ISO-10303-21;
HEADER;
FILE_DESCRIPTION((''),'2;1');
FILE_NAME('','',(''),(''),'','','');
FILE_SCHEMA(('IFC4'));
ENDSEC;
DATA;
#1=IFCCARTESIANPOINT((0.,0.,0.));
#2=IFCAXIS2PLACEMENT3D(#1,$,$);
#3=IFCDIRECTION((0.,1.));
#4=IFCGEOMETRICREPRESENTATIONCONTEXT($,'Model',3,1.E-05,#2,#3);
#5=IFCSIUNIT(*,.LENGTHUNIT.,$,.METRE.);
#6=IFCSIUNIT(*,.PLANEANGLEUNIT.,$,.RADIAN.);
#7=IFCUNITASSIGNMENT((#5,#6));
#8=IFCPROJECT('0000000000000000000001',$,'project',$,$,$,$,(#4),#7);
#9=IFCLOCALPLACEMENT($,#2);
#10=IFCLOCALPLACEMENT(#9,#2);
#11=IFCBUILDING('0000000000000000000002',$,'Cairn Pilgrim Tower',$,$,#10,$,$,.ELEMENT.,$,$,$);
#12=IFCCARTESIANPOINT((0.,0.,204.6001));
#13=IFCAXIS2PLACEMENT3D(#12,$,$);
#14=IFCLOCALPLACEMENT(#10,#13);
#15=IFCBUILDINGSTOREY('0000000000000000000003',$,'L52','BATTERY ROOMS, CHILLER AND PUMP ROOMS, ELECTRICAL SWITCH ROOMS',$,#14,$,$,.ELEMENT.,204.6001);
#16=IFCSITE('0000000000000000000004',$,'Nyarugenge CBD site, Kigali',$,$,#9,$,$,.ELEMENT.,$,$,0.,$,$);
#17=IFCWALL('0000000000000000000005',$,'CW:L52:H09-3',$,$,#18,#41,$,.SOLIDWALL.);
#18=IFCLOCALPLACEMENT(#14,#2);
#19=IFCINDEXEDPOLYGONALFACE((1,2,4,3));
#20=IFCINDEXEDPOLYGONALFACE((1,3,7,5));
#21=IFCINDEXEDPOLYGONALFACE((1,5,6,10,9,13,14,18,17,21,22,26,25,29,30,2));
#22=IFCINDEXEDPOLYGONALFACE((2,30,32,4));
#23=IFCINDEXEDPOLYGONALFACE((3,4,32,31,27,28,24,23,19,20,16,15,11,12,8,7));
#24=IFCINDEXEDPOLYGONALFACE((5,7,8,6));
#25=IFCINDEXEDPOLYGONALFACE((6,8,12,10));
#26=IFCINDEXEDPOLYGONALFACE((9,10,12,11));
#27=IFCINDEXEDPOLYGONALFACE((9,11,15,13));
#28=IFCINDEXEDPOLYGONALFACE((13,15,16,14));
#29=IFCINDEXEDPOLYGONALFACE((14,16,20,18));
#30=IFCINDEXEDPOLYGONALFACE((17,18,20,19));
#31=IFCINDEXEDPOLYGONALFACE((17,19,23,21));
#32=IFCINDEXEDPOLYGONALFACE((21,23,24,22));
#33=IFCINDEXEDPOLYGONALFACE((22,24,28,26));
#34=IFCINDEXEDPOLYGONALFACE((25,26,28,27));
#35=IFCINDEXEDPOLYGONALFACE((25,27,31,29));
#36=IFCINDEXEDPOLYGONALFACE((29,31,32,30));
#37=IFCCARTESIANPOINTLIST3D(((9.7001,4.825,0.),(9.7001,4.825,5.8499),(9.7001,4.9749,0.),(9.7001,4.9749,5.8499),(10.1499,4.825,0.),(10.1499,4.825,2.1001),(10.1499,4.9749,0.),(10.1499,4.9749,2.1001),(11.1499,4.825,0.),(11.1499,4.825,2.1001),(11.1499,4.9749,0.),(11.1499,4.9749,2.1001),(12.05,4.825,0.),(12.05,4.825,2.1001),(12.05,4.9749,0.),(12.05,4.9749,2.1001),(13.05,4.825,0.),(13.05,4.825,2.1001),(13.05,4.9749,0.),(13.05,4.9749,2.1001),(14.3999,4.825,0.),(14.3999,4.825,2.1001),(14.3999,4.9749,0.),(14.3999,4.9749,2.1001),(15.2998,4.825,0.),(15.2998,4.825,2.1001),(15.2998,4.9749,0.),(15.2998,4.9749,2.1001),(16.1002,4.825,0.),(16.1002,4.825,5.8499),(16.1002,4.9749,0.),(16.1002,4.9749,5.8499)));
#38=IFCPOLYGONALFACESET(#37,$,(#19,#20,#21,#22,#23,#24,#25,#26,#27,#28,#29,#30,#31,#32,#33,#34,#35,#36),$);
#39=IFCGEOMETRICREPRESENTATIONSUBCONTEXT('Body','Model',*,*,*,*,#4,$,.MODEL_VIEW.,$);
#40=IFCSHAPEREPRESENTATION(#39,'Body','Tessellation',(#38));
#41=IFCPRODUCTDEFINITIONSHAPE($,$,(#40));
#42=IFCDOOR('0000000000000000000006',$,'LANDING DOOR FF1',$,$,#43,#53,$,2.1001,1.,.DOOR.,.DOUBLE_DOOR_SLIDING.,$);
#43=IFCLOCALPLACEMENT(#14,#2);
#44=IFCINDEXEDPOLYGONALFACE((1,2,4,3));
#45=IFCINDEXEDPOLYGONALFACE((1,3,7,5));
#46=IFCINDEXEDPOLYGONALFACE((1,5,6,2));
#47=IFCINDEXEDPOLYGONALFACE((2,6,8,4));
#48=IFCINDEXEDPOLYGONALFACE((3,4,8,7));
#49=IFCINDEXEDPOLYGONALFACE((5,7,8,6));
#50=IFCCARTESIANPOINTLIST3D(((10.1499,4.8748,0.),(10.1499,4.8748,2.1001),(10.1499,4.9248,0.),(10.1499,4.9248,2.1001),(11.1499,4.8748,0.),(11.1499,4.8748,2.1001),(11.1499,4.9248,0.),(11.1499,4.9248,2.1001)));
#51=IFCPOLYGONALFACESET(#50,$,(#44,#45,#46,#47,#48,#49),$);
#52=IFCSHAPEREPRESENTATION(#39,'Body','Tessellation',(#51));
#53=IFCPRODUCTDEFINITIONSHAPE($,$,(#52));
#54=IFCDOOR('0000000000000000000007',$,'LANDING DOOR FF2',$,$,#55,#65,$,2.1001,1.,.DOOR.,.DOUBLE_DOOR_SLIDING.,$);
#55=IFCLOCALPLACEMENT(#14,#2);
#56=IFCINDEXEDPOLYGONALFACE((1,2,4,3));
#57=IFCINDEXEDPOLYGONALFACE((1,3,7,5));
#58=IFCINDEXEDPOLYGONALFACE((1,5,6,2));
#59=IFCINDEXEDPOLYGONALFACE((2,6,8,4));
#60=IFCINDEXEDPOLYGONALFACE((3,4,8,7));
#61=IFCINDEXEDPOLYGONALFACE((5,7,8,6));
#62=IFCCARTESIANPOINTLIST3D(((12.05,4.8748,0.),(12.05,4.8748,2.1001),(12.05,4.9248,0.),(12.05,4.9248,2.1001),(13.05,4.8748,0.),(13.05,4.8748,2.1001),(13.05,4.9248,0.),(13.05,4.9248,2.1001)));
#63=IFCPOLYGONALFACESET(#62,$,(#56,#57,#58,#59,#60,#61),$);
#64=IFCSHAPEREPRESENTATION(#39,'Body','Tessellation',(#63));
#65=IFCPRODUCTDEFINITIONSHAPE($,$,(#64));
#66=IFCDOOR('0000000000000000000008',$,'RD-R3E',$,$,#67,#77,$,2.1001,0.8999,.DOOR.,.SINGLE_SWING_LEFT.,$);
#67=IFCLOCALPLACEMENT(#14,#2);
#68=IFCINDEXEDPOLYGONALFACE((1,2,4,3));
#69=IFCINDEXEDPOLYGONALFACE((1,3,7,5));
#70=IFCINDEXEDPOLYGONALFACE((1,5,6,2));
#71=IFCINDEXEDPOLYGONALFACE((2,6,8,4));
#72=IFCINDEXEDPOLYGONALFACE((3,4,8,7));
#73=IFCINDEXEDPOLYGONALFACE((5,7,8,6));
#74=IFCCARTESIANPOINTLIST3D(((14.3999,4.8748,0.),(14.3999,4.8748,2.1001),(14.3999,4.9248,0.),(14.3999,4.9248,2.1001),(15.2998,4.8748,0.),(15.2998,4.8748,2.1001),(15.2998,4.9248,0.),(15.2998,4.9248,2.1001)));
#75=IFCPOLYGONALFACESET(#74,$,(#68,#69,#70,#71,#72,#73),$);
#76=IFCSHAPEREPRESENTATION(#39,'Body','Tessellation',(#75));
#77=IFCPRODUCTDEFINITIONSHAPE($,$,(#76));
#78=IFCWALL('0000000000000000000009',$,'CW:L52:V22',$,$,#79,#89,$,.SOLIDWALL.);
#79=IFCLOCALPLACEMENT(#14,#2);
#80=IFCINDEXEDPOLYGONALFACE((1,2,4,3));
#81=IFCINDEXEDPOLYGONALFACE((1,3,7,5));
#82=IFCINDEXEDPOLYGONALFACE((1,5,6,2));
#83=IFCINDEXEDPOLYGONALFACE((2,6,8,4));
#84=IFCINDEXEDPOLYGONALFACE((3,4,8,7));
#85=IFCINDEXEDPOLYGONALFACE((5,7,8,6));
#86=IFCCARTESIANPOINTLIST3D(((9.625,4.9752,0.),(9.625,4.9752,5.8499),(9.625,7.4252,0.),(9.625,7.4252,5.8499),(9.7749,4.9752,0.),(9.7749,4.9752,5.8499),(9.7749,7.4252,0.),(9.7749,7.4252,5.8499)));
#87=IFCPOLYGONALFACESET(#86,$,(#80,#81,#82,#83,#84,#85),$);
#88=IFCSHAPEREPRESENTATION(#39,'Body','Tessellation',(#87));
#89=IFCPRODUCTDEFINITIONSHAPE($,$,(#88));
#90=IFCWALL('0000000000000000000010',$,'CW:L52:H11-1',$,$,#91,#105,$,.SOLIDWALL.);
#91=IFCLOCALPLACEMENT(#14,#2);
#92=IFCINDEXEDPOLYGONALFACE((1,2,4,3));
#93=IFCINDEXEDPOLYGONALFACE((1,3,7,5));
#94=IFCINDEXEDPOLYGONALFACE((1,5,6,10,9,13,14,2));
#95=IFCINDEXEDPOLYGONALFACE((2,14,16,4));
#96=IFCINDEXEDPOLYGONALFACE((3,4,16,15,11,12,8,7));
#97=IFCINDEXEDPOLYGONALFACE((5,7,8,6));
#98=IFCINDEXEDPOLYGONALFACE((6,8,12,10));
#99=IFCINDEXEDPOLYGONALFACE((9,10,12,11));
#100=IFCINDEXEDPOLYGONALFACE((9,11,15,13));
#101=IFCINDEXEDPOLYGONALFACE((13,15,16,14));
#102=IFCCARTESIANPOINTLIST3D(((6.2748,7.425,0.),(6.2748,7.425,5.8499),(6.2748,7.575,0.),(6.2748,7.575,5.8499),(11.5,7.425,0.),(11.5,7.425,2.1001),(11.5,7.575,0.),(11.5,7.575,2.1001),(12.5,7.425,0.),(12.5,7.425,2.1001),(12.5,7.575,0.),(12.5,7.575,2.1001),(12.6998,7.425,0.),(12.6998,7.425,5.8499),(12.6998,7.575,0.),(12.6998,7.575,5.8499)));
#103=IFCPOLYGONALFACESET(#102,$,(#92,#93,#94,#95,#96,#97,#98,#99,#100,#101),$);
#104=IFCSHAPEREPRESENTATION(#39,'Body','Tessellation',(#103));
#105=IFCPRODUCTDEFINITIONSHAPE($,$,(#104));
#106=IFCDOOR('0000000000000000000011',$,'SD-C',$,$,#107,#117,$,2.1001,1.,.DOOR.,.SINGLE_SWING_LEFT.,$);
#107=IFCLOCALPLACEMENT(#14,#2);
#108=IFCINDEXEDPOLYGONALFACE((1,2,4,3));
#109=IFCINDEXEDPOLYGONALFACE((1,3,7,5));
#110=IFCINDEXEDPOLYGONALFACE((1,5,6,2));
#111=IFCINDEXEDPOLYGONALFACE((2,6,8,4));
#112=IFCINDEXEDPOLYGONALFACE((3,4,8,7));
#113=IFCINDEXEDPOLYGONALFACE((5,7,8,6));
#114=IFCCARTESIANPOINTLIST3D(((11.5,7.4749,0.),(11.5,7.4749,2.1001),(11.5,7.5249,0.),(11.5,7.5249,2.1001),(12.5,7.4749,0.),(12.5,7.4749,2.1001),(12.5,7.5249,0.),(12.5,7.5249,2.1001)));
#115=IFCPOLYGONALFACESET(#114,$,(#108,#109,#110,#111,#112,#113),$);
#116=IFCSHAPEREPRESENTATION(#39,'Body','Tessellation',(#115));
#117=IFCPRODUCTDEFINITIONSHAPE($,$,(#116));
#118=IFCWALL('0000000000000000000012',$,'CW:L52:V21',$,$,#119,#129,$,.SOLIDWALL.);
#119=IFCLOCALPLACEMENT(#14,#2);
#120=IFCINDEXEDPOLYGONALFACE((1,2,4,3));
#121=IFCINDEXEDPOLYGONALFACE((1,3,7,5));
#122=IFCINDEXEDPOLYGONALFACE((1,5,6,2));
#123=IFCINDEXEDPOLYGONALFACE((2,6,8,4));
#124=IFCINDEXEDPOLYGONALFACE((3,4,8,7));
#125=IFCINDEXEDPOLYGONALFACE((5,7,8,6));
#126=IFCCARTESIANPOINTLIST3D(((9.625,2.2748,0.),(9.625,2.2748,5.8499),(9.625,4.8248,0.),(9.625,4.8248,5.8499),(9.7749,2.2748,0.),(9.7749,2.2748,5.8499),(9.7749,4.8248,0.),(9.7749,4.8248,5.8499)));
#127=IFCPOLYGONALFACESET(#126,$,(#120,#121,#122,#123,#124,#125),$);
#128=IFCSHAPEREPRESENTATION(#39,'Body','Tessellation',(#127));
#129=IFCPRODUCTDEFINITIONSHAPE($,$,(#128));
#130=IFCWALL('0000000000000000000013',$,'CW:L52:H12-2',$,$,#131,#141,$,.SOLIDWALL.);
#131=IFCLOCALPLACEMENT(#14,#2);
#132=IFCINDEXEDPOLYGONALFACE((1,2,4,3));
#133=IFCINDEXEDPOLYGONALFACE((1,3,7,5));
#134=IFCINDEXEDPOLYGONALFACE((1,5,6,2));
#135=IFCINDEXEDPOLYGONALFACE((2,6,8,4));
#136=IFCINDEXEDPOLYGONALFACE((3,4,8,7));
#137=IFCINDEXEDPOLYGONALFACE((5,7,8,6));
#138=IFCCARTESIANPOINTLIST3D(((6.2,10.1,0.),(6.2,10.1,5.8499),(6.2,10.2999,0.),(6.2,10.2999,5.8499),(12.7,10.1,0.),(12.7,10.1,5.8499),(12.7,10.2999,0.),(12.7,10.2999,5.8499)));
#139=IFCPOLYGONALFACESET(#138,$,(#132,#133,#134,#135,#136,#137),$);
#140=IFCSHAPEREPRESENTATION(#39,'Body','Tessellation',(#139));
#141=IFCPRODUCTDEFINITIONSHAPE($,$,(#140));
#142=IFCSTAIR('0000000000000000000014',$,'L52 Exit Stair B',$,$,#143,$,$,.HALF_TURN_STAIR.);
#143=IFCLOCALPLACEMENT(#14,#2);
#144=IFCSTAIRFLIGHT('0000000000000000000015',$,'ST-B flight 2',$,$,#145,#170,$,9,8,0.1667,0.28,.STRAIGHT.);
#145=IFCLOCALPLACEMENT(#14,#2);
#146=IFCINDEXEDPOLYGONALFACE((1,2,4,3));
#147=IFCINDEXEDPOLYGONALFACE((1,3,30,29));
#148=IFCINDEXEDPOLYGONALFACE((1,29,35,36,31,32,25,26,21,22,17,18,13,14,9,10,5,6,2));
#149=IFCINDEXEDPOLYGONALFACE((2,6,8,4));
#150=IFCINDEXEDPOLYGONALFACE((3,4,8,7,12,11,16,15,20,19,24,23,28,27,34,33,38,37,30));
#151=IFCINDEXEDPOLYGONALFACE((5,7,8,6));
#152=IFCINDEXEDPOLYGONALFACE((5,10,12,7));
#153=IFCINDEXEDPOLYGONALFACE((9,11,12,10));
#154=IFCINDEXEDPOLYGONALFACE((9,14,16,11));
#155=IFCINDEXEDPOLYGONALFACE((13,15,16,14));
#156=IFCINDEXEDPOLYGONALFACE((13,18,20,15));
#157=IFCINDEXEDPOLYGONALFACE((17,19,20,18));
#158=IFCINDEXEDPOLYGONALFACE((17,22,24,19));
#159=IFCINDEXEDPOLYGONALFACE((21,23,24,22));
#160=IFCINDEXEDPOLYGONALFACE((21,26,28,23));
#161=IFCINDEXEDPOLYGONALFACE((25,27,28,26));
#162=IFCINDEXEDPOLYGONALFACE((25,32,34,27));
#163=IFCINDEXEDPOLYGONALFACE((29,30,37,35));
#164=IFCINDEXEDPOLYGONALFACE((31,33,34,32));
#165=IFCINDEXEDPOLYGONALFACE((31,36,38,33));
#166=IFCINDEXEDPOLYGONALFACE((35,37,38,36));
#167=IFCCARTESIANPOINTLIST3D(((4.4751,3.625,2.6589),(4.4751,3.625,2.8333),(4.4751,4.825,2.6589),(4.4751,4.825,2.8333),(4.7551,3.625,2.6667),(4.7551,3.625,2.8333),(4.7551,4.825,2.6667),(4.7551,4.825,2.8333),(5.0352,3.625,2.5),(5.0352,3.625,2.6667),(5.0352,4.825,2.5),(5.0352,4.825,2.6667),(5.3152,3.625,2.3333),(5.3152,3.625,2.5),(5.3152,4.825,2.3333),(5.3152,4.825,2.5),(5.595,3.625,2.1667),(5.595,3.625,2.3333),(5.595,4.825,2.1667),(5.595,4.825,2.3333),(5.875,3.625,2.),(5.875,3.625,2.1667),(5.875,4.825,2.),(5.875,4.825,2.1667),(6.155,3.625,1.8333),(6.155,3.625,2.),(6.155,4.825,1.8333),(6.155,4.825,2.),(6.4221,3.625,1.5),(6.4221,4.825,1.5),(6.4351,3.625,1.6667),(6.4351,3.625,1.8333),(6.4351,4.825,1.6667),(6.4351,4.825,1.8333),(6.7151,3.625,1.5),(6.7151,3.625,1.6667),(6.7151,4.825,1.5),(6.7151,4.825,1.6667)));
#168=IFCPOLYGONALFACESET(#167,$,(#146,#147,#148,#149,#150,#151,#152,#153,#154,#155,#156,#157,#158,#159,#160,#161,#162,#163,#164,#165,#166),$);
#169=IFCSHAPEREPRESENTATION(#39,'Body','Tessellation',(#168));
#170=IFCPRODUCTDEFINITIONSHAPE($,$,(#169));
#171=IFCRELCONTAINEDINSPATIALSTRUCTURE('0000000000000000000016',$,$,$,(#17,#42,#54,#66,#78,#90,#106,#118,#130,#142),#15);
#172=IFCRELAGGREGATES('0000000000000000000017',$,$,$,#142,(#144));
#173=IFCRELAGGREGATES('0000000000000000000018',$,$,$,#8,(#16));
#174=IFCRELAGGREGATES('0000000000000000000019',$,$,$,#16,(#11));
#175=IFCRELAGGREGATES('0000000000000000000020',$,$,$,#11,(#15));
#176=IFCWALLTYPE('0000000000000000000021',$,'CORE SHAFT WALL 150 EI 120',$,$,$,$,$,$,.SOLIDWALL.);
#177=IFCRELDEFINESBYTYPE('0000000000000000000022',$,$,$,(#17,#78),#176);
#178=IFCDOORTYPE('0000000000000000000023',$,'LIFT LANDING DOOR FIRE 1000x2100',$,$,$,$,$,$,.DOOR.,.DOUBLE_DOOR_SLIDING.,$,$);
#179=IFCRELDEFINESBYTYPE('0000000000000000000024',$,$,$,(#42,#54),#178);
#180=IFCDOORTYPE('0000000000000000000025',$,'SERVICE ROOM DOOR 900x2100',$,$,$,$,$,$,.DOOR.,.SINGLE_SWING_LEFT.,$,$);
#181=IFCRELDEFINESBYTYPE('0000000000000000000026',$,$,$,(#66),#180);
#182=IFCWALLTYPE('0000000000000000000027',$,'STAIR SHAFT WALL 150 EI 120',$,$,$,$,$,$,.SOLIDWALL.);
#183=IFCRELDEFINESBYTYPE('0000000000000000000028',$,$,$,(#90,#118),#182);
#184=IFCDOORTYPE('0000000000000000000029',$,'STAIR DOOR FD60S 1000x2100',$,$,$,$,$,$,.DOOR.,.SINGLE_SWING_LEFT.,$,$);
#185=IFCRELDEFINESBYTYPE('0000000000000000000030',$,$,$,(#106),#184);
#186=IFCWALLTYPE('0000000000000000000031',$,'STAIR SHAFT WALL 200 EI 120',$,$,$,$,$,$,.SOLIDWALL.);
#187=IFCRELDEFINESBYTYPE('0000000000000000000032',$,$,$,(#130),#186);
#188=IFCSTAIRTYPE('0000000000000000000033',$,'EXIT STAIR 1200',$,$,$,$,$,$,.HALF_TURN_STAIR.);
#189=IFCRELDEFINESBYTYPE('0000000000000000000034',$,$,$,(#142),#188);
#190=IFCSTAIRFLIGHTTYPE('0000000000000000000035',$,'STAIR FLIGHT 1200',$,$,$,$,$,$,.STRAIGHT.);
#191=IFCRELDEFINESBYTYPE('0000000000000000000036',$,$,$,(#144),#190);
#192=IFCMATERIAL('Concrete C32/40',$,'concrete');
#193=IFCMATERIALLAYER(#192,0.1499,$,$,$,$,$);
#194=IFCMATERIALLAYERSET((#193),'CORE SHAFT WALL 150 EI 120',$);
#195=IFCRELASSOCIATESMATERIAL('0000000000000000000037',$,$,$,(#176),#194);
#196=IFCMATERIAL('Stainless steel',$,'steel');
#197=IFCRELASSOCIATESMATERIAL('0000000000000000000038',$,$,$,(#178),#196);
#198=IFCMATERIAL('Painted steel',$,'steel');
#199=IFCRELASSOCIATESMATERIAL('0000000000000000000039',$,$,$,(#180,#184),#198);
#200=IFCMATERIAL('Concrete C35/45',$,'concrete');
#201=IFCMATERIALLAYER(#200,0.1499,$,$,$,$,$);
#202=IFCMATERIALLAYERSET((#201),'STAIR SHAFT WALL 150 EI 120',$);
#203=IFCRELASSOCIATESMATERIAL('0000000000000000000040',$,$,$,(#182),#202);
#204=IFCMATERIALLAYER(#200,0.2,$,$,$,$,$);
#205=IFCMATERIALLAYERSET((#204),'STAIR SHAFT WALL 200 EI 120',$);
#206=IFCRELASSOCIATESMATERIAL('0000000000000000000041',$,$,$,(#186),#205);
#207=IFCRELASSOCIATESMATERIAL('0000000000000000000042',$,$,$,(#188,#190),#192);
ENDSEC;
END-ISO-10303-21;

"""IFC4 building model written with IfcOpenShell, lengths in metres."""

from ifc_helpers import new_model, si_unit, direction, frame, frame_2d, origin, place, context, subcontext, project, spatial, polyline, rectangle, outline, extrude, material, layer, layer_set, type_object, element, fill, aggregate, save


model = new_model("IFC4")

# Units and contexts
model_context = context("Model", 3, precision=1e-05, world=origin(), true_north=direction((0.0, 1.0)))
body_context = subcontext(model_context, "Body", "Model", "MODEL_VIEW")
ifc_project = project(units=[si_unit("LENGTHUNIT", "METRE"), si_unit("PLANEANGLEUNIT", "RADIAN")], contexts=[model_context])

# Site, building, storey
site_placement = place(None, origin())
site = spatial("IfcSite", under=ifc_project, at=site_placement, Name="Nyarugenge CBD site, Kigali", CompositionType="ELEMENT", RefElevation=0.0)
building_placement = place(site_placement, origin())
building = spatial("IfcBuilding", under=site, at=building_placement, Name="Cairn Pilgrim Tower", CompositionType="ELEMENT")
storey_placement = place(building_placement, frame((0.0, 0.0, 204.6001)))
storey = spatial("IfcBuildingStorey", under=building, at=storey_placement, Name="L52", Description="BATTERY ROOMS, CHILLER AND PUMP ROOMS, ELECTRICAL SWITCH ROOMS", CompositionType="ELEMENT", Elevation=204.6001)

# Wall, openings, doors
ifc_material_1 = material(Name="Concrete C32/40", Category="concrete")
ifc_layer_1 = layer(ifc_material_1, 0.1499)
ifc_layer_set_1 = layer_set([ifc_layer_1], Name="CORE SHAFT WALL 150 EI 120")
wall_type_1 = type_object("IfcWallType", Name="CORE SHAFT WALL 150 EI 120", PredefinedType="SOLIDWALL", material=ifc_layer_set_1)
wall_1_placement = place(storey_placement, frame((9.7, 4.8999, 0.0), z_axis=(0.0, 0.0, 1.0), x_axis=(1.0, 0.0, 0.0)))
wall_1 = element("IfcWall", 1, at=wall_1_placement, inside=storey, type_object=wall_type_1, Name="CW:L52:H09-3", PredefinedType="SOLIDWALL", context=body_context, shape_type="SweptSolid", body=[
    extrude(rectangle(XDim=6.4001, YDim=0.1499, at=frame_2d((3.2002, 0.0))), origin(), (0.0, 0.0, 1.0), 5.8499),
])
opening_1_placement = place(wall_1_placement, frame((0.45, 0.0, 0.0)))
opening_1 = element("IfcOpeningElement", 2, at=opening_1_placement, cuts=wall_1, PredefinedType="OPENING", context=body_context, shape_type="SweptSolid", body=[
    extrude(rectangle(XDim=1.0, YDim=2.1001, at=frame_2d((0.5, 1.05))), frame((0.0, 0.085, 0.0), z_axis=(0.0, -1.0, 0.0), x_axis=(1.0, 0.0, 0.0)), (0.0, 0.0, 1.0), 0.1699),
])
opening_2_placement = place(wall_1_placement, frame((2.3501, 0.0, 0.0)))
opening_2 = element("IfcOpeningElement", 3, at=opening_2_placement, cuts=wall_1, PredefinedType="OPENING", context=body_context, shape_type="SweptSolid", body=[
    extrude(rectangle(XDim=1.0, YDim=2.1001, at=frame_2d((0.5, 1.05))), frame((0.0, 0.085, 0.0), z_axis=(0.0, -1.0, 0.0), x_axis=(1.0, 0.0, 0.0)), (0.0, 0.0, 1.0), 0.1699),
])
opening_3_placement = place(wall_1_placement, frame((4.7, 0.0, 0.0)))
opening_3 = element("IfcOpeningElement", 4, at=opening_3_placement, cuts=wall_1, PredefinedType="OPENING", context=body_context, shape_type="SweptSolid", body=[
    extrude(rectangle(XDim=0.8999, YDim=2.1001, at=frame_2d((0.45, 1.05))), frame((0.0, 0.085, 0.0), z_axis=(0.0, -1.0, 0.0), x_axis=(1.0, 0.0, 0.0)), (0.0, 0.0, 1.0), 0.1699),
])
ifc_material_2 = material(Name="Stainless steel", Category="steel")
door_type_1 = type_object("IfcDoorType", Name="LIFT LANDING DOOR FIRE 1000x2100", OperationType="DOUBLE_DOOR_SLIDING", PredefinedType="DOOR", material=ifc_material_2)
door_1_placement = place(opening_1_placement, origin())
door_1 = element("IfcDoor", 5, at=door_1_placement, inside=storey, type_object=door_type_1, Name="LANDING DOOR FF1", OperationType="DOUBLE_DOOR_SLIDING", OverallHeight=2.1001, OverallWidth=1.0, PredefinedType="DOOR", context=body_context, shape_type="SweptSolid", body=[
    extrude(rectangle(XDim=1.0, YDim=2.1001, at=frame_2d((0.5, 1.05))), frame((0.0, 0.0249, 0.0), z_axis=(0.0, -1.0, 0.0), x_axis=(1.0, 0.0, 0.0)), (0.0, 0.0, 1.0), 0.05),
])
fill(opening_1, door_1)
door_2_placement = place(opening_2_placement, origin())
door_2 = element("IfcDoor", 6, at=door_2_placement, inside=storey, type_object=door_type_1, Name="LANDING DOOR FF2", OperationType="DOUBLE_DOOR_SLIDING", OverallHeight=2.1001, OverallWidth=1.0, PredefinedType="DOOR", context=body_context, shape_type="SweptSolid", body=[
    extrude(rectangle(XDim=1.0, YDim=2.1001, at=frame_2d((0.5, 1.05))), frame((0.0, 0.0249, 0.0), z_axis=(0.0, -1.0, 0.0), x_axis=(1.0, 0.0, 0.0)), (0.0, 0.0, 1.0), 0.05),
])
fill(opening_2, door_2)
ifc_material_3 = material(Name="Painted steel", Category="steel")
door_type_2 = type_object("IfcDoorType", Name="SERVICE ROOM DOOR 900x2100", OperationType="SINGLE_SWING_LEFT", PredefinedType="DOOR", material=ifc_material_3)
door_3_placement = place(opening_3_placement, origin())
door_3 = element("IfcDoor", 7, at=door_3_placement, inside=storey, type_object=door_type_2, Name="RD-R3E", OperationType="SINGLE_SWING_LEFT", OverallHeight=2.1001, OverallWidth=0.8999, PredefinedType="DOOR", context=body_context, shape_type="SweptSolid", body=[
    extrude(rectangle(XDim=0.8999, YDim=2.1001, at=frame_2d((0.45, 1.05))), frame((0.0, 0.0249, 0.0), z_axis=(0.0, -1.0, 0.0), x_axis=(1.0, 0.0, 0.0)), (0.0, 0.0, 1.0), 0.05),
])
fill(opening_3, door_3)

# Wall
wall_2_placement = place(storey_placement, frame((9.7, 4.9751, 0.0), z_axis=(0.0, 0.0, 1.0), x_axis=(0.0, 1.0, 0.0)))
element("IfcWall", 8, at=wall_2_placement, inside=storey, type_object=wall_type_1, Name="CW:L52:V22", PredefinedType="SOLIDWALL", context=body_context, shape_type="SweptSolid", body=[
    extrude(rectangle(XDim=2.45, YDim=0.1499, at=frame_2d((1.2251, 0.0))), origin(), (0.0, 0.0, 1.0), 5.8499),
])

# Wall, opening, door
ifc_material_4 = material(Name="Concrete C35/45", Category="concrete")
ifc_layer_2 = layer(ifc_material_4, 0.1499)
ifc_layer_set_2 = layer_set([ifc_layer_2], Name="STAIR SHAFT WALL 150 EI 120")
wall_type_2 = type_object("IfcWallType", Name="STAIR SHAFT WALL 150 EI 120", PredefinedType="SOLIDWALL", material=ifc_layer_set_2)
wall_3_placement = place(storey_placement, frame((6.2749, 7.5, 0.0), z_axis=(0.0, 0.0, 1.0), x_axis=(1.0, 0.0, 0.0)))
wall_3 = element("IfcWall", 9, at=wall_3_placement, inside=storey, type_object=wall_type_2, Name="CW:L52:H11-1", PredefinedType="SOLIDWALL", context=body_context, shape_type="SweptSolid", body=[
    extrude(rectangle(XDim=6.425, YDim=0.1499, at=frame_2d((3.2124, 0.0))), origin(), (0.0, 0.0, 1.0), 5.8499),
])
opening_4_placement = place(wall_3_placement, frame((5.2251, 0.0, 0.0)))
opening_4 = element("IfcOpeningElement", 10, at=opening_4_placement, cuts=wall_3, PredefinedType="OPENING", context=body_context, shape_type="SweptSolid", body=[
    extrude(rectangle(XDim=1.0, YDim=2.1001, at=frame_2d((0.5, 1.05))), frame((0.0, 0.085, 0.0), z_axis=(0.0, -1.0, 0.0), x_axis=(1.0, 0.0, 0.0)), (0.0, 0.0, 1.0), 0.1699),
])
door_type_3 = type_object("IfcDoorType", Name="STAIR DOOR FD60S 1000x2100", OperationType="SINGLE_SWING_LEFT", PredefinedType="DOOR", material=ifc_material_3)
door_4_placement = place(opening_4_placement, origin())
door_4 = element("IfcDoor", 11, at=door_4_placement, inside=storey, type_object=door_type_3, Name="SD-C", OperationType="SINGLE_SWING_LEFT", OverallHeight=2.1001, OverallWidth=1.0, PredefinedType="DOOR", context=body_context, shape_type="SweptSolid", body=[
    extrude(rectangle(XDim=1.0, YDim=2.1001, at=frame_2d((0.5, 1.05))), frame((0.0, 0.0249, 0.0), z_axis=(0.0, -1.0, 0.0), x_axis=(1.0, 0.0, 0.0)), (0.0, 0.0, 1.0), 0.05),
])
fill(opening_4, door_4)

# Walls
wall_4_placement = place(storey_placement, frame((9.7, 2.2749, 0.0), z_axis=(0.0, 0.0, 1.0), x_axis=(0.0, 1.0, 0.0)))
element("IfcWall", 12, at=wall_4_placement, inside=storey, type_object=wall_type_2, Name="CW:L52:V21", PredefinedType="SOLIDWALL", context=body_context, shape_type="SweptSolid", body=[
    extrude(rectangle(XDim=2.55, YDim=0.1499, at=frame_2d((1.2749, 0.0))), origin(), (0.0, 0.0, 1.0), 5.8499),
])
ifc_layer_3 = layer(ifc_material_4, 0.2)
ifc_layer_set_3 = layer_set([ifc_layer_3], Name="STAIR SHAFT WALL 200 EI 120")
wall_type_3 = type_object("IfcWallType", Name="STAIR SHAFT WALL 200 EI 120", PredefinedType="SOLIDWALL", material=ifc_layer_set_3)
wall_5_placement = place(storey_placement, frame((6.2, 10.2, 0.0), z_axis=(0.0, 0.0, 1.0), x_axis=(1.0, 0.0, 0.0)))
element("IfcWall", 13, at=wall_5_placement, inside=storey, type_object=wall_type_3, Name="CW:L52:H12-2", PredefinedType="SOLIDWALL", context=body_context, shape_type="SweptSolid", body=[
    extrude(rectangle(XDim=6.5, YDim=0.2, at=frame_2d((3.25, 0.0))), origin(), (0.0, 0.0, 1.0), 5.8499),
])

# Stair, stair flight
stair_type = type_object("IfcStairType", Name="EXIT STAIR 1200", PredefinedType="HALF_TURN_STAIR", material=ifc_material_1)
stair_1_placement = place(storey_placement, origin())
stair_1 = element("IfcStair", 14, at=stair_1_placement, inside=storey, type_object=stair_type, Name="L52 Exit Stair B", PredefinedType="HALF_TURN_STAIR")
stair_flight_type = type_object("IfcStairFlightType", Name="STAIR FLIGHT 1200", PredefinedType="STRAIGHT", material=ifc_material_1)
stair_flight_1_placement = place(storey_placement, frame((6.7151, 4.2251, 1.5), z_axis=(0.0, 0.0, 1.0), x_axis=(-1.0, 0.0, 0.0)))
stair_flight_1 = element("IfcStairFlight", 15, at=stair_flight_1_placement, type_object=stair_flight_type, Name="ST-B flight 2", NumberOfRisers=9, NumberOfTreads=8, PredefinedType="STRAIGHT", RiserHeight=0.1667, TreadLength=0.28, context=body_context, shape_type="SweptSolid", body=[
    extrude(outline(polyline([(0.0, 0.0), (0.0, 0.1667), (0.28, 0.1667), (0.28, 0.3333), (0.5601, 0.3333), (0.5601, 0.5), (0.8401, 0.5), (0.8401, 0.6667), (1.1201, 0.6667), (1.1201, 0.8333), (1.3999, 0.8333), (1.3999, 1.0), (1.6799, 1.0), (1.6799, 1.1667), (1.96, 1.1667), (1.96, 1.3333), (2.24, 1.3333), (2.24, 1.5), (2.24, 1.1589), (0.293, 0.0), (0.0, 0.0)])), frame((0.0, 0.6001, 0.0), z_axis=(0.0, -1.0, 0.0), x_axis=(1.0, 0.0, 0.0)), (0.0, 0.0, 1.0), 1.2),
])
aggregate(stair_1, [stair_flight_1])

save(model, "model.ifc")
